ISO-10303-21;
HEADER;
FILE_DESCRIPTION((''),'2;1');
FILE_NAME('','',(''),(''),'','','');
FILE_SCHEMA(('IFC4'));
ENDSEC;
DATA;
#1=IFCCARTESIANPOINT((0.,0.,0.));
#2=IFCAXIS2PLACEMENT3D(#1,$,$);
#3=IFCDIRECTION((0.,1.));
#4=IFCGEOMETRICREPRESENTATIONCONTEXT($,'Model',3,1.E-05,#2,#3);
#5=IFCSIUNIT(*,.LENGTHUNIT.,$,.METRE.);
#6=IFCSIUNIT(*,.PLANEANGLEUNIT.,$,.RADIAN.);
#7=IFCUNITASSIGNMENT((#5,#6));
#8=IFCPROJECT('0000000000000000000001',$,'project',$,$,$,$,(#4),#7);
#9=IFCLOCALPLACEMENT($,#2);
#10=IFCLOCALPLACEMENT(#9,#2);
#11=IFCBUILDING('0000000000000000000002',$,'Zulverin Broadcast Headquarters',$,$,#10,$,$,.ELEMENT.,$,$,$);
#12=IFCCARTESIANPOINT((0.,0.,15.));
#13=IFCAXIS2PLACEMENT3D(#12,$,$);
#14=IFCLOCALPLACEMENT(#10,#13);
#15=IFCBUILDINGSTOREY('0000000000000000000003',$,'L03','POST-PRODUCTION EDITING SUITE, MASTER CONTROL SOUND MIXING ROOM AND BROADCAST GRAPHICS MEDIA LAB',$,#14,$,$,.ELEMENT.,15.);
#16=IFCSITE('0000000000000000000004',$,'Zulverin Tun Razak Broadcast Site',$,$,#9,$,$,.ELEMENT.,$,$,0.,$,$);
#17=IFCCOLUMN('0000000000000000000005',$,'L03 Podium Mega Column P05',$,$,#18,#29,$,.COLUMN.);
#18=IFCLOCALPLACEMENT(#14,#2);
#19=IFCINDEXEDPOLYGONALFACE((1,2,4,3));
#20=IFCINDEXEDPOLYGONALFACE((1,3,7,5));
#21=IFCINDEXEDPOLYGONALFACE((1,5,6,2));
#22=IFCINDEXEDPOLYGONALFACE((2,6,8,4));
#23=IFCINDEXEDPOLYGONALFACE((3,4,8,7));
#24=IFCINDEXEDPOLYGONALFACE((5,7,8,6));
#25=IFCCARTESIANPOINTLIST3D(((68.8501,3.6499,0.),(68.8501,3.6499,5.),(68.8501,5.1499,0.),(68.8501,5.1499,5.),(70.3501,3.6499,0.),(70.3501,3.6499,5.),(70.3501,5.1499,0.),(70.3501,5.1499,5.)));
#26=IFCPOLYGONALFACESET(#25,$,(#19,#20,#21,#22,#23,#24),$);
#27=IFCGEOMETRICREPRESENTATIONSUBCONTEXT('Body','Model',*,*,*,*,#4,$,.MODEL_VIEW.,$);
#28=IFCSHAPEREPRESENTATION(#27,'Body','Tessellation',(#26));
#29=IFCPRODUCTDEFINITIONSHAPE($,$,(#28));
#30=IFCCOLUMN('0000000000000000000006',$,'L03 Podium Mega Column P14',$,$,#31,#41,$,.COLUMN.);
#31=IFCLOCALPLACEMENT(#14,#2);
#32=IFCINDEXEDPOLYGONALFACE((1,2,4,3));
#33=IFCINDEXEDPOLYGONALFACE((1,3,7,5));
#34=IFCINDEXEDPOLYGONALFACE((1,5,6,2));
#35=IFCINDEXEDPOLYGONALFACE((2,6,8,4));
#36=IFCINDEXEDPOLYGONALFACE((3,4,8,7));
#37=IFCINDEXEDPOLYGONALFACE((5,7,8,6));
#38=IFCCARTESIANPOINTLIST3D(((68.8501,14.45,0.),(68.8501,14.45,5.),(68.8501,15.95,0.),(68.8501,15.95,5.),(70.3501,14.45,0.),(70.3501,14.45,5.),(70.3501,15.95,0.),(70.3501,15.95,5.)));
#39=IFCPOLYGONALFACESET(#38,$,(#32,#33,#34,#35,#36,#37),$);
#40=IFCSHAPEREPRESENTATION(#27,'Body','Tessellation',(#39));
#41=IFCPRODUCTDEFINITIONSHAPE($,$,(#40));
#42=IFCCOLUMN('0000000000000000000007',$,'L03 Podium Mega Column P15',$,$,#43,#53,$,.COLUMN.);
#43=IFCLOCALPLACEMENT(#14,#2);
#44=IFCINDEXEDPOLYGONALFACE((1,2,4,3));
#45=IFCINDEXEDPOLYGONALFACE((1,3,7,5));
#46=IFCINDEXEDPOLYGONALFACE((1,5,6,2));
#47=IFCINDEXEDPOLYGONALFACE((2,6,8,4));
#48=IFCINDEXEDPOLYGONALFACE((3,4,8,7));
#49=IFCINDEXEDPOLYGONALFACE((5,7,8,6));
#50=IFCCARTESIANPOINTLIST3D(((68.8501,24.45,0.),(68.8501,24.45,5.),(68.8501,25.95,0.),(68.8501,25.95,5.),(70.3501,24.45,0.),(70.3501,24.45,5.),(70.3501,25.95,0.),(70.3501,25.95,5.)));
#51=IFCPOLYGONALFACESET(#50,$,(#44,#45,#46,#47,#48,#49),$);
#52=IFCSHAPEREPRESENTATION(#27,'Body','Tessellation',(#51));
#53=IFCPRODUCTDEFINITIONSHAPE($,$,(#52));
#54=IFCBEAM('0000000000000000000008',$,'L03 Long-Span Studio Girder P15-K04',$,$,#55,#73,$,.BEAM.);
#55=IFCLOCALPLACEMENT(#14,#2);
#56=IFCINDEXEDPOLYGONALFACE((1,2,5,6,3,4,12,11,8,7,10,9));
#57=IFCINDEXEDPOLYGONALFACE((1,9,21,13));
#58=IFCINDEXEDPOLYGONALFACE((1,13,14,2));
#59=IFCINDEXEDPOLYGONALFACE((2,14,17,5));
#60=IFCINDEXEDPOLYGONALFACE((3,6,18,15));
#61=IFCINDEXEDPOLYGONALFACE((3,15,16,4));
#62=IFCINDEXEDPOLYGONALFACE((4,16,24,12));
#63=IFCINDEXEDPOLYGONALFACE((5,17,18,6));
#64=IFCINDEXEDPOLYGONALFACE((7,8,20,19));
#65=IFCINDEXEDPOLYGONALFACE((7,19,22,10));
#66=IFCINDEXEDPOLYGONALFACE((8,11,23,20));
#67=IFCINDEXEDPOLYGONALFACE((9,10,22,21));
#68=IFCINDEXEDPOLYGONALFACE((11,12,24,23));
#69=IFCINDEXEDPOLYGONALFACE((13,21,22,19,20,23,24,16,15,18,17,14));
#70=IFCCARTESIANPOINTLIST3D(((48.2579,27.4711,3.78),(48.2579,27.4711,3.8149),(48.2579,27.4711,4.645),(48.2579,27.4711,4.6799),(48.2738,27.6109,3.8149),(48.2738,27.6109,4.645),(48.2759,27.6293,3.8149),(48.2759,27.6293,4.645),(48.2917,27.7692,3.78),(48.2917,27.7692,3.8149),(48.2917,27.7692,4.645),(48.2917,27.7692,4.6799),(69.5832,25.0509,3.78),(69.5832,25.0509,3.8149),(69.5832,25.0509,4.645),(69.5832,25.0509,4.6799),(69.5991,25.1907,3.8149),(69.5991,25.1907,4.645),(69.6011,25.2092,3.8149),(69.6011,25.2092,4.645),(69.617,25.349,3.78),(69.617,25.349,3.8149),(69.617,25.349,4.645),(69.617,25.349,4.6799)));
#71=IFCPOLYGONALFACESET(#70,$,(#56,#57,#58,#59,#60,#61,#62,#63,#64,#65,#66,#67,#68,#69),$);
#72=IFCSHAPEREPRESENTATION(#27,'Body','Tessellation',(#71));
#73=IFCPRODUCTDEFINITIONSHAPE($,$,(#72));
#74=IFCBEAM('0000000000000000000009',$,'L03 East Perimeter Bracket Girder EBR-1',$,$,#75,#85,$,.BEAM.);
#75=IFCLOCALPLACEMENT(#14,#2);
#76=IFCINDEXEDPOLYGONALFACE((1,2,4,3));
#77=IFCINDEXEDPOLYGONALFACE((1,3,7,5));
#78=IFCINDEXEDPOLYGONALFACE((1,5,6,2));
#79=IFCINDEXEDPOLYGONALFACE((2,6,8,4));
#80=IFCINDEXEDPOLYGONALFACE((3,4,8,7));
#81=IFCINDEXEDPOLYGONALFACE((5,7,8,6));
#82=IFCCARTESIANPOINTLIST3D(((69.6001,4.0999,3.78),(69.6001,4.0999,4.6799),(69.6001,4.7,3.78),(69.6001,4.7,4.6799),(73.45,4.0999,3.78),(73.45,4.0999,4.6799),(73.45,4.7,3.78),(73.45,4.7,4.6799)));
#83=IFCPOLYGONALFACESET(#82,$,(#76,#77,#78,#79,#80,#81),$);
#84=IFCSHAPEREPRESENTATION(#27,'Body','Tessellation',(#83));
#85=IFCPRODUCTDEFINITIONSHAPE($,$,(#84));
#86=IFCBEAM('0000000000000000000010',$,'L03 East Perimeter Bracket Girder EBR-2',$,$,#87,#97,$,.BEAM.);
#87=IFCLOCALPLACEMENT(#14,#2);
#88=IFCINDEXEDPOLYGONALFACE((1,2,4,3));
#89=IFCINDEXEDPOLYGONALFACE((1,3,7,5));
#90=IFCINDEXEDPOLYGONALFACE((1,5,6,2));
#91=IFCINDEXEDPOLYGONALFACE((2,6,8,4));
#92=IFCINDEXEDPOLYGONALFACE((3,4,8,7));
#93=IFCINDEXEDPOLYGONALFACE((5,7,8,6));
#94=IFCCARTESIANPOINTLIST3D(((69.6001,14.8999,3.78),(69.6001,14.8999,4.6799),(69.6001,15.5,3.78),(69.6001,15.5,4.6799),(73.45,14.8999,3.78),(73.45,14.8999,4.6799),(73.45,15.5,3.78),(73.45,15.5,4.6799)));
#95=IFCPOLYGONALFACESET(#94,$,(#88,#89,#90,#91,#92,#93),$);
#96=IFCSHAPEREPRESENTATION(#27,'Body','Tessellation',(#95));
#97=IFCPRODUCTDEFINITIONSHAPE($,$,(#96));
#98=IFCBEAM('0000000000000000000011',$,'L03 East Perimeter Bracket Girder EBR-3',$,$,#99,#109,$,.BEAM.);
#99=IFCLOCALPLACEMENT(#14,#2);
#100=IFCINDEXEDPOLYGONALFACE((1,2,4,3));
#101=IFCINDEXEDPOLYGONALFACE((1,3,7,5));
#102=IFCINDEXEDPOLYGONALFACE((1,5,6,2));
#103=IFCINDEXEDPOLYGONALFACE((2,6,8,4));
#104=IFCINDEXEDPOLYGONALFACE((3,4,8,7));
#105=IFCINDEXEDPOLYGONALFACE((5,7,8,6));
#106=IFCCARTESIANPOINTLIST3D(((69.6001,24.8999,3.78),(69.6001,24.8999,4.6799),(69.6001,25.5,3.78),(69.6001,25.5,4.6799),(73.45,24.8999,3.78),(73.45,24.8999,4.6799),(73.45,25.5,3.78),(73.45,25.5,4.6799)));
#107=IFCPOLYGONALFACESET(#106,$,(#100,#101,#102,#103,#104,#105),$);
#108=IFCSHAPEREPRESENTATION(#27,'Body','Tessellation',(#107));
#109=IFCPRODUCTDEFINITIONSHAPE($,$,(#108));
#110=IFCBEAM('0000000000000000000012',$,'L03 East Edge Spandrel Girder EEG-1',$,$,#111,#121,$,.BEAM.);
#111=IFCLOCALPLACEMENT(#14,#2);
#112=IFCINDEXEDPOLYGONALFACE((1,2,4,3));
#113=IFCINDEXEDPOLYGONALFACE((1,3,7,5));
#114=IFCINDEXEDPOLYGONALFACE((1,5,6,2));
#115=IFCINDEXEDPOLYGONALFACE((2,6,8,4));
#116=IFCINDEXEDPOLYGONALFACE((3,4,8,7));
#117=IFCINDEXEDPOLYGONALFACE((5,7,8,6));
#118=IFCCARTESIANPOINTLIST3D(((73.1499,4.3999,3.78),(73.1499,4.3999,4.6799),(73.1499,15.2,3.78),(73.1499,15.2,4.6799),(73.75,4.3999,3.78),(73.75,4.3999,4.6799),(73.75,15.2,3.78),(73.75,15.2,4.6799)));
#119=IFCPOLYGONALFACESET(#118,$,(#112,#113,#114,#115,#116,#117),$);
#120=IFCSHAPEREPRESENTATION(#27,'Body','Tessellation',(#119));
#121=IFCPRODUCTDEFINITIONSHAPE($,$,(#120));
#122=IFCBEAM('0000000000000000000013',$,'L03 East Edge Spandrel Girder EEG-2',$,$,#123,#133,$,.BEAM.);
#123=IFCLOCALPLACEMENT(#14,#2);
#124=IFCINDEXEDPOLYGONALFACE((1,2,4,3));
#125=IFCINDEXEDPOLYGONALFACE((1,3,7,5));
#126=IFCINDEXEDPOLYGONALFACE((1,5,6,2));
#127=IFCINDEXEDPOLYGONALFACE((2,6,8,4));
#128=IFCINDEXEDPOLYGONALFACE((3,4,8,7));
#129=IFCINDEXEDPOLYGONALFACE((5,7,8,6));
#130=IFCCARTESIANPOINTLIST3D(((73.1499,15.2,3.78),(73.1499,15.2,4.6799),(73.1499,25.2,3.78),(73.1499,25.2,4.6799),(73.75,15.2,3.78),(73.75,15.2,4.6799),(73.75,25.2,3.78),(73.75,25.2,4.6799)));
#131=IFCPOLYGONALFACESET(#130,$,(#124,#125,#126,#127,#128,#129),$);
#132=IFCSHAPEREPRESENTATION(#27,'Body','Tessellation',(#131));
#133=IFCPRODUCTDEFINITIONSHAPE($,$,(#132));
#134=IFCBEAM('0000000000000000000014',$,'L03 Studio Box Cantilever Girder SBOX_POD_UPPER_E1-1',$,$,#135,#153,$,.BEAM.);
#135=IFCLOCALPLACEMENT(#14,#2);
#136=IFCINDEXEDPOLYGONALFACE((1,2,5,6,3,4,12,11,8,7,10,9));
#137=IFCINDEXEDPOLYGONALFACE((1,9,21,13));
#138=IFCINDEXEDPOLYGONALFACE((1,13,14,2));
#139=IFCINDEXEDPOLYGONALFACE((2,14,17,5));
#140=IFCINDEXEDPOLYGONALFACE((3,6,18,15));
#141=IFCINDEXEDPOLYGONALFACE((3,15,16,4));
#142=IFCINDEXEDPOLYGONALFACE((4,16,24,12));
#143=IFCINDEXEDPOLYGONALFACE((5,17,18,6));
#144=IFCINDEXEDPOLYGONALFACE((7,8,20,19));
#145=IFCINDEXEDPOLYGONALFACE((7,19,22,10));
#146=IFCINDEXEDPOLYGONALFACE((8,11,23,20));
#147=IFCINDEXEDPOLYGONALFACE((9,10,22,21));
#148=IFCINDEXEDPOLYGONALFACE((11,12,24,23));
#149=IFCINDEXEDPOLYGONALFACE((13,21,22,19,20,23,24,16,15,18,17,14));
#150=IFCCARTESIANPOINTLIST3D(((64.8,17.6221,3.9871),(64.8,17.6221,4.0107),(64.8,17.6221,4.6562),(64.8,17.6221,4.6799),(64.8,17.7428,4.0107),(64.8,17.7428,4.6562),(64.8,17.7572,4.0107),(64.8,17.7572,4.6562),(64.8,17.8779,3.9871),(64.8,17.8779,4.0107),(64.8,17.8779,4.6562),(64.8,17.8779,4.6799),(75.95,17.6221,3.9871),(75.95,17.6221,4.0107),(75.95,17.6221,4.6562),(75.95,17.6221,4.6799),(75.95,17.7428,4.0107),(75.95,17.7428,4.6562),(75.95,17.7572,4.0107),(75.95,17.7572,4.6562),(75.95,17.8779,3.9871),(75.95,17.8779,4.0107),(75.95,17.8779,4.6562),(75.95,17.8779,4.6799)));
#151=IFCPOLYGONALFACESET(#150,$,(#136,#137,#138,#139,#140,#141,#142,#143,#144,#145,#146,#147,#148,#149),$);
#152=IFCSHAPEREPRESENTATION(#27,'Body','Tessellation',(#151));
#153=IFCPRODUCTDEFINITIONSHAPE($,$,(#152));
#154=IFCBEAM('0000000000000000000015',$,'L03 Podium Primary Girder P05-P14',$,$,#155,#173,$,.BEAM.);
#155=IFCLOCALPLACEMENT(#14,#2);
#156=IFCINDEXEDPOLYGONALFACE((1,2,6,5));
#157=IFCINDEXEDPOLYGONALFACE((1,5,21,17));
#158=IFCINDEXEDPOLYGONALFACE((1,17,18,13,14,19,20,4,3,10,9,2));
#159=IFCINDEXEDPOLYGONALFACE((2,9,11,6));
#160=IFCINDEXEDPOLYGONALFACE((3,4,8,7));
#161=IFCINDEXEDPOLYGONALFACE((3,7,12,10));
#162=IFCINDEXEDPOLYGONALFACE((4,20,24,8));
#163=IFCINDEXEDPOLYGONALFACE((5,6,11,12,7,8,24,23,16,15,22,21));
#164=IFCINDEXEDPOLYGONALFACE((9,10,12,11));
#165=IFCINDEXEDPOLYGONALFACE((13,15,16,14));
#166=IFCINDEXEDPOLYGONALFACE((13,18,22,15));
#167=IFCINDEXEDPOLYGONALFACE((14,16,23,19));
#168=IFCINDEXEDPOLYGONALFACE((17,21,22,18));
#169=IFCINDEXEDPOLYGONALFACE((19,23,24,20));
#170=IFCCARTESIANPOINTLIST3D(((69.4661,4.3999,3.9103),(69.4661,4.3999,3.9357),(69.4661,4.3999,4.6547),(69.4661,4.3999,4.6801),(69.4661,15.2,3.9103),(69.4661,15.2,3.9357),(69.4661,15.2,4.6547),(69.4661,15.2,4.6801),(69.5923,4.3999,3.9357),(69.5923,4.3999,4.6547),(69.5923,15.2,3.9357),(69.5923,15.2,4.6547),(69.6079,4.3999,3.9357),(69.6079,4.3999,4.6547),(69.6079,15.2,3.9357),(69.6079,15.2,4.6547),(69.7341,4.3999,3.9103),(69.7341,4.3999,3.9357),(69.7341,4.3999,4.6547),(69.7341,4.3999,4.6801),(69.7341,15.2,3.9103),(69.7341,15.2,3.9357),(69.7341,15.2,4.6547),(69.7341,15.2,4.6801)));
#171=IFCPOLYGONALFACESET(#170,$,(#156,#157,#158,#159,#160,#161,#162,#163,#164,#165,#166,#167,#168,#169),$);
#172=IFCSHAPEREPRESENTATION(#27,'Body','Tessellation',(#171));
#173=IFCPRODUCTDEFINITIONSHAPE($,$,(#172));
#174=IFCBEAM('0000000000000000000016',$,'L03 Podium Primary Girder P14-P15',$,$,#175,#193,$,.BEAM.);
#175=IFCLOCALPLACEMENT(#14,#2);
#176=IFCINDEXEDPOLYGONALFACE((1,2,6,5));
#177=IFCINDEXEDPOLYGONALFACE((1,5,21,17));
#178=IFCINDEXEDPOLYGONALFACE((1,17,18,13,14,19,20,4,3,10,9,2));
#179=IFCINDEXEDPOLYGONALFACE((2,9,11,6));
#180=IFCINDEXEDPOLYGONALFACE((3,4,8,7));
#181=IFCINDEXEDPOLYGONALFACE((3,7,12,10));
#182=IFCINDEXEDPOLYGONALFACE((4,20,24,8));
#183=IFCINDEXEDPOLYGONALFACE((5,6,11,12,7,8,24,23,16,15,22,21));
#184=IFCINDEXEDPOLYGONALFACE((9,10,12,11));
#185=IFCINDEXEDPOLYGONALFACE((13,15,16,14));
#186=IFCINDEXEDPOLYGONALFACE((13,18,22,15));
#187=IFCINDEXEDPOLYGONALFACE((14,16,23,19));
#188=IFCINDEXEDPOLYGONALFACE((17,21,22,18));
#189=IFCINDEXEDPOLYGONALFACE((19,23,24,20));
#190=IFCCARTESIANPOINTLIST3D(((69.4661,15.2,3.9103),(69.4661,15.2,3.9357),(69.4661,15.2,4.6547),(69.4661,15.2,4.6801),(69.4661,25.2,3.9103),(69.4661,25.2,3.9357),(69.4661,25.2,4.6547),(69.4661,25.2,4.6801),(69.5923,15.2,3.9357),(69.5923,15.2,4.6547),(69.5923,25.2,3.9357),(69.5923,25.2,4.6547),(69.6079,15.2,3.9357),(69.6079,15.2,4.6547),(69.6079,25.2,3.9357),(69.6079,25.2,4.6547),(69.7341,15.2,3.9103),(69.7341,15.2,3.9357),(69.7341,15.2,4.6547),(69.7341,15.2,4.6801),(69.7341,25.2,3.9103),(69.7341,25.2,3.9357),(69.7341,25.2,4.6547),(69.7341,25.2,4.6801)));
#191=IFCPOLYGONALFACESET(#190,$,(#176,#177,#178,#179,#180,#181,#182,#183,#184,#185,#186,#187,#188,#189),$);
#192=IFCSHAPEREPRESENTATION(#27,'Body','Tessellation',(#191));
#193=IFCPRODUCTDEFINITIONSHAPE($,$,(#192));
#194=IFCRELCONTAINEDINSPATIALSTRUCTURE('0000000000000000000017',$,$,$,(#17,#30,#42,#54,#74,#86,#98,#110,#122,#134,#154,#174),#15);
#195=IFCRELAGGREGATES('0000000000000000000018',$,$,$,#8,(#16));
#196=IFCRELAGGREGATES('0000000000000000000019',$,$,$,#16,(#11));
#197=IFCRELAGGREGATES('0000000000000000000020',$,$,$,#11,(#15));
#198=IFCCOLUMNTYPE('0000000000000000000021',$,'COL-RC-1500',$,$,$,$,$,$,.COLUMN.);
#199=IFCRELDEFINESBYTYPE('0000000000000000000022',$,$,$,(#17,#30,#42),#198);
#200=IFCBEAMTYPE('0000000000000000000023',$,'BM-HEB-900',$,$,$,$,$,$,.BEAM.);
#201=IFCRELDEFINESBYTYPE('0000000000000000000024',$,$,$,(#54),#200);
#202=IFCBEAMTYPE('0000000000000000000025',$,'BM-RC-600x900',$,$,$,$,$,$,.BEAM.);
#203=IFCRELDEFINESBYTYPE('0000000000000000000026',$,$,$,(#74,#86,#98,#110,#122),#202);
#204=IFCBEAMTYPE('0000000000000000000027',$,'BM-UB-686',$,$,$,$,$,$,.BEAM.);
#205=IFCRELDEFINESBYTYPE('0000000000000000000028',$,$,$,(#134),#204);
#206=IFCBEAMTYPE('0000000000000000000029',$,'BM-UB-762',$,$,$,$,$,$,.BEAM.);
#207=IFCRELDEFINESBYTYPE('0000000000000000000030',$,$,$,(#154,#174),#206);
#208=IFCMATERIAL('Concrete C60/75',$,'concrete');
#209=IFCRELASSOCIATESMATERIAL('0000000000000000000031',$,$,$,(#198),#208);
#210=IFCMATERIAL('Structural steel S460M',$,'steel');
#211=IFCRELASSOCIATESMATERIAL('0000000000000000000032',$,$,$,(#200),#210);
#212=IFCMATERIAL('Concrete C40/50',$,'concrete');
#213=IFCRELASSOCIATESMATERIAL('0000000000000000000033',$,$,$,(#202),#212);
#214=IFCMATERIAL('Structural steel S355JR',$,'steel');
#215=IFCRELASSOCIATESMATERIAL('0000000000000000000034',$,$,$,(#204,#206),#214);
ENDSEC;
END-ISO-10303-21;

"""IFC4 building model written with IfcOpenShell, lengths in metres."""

from ifc_helpers import new_model, si_unit, direction, frame, origin, origin_2d, place, context, subcontext, project, spatial, rectangle, i_section, extrude, material, material_profile, profile_set, type_object, element, save


model = new_model("IFC4")

# Units and contexts
model_context = context("Model", 3, precision=1e-05, world=origin(), true_north=direction((0.0, 1.0)))
body_context = subcontext(model_context, "Body", "Model", "MODEL_VIEW")
ifc_project = project(units=[si_unit("LENGTHUNIT", "METRE"), si_unit("PLANEANGLEUNIT", "RADIAN")], contexts=[model_context])

# Site, building, storey
site_placement = place(None, origin())
site = spatial("IfcSite", under=ifc_project, at=site_placement, Name="Zulverin Tun Razak Broadcast Site", CompositionType="ELEMENT", RefElevation=0.0)
building_placement = place(site_placement, origin())
building = spatial("IfcBuilding", under=site, at=building_placement, Name="Zulverin Broadcast Headquarters", CompositionType="ELEMENT")
storey_placement = place(building_placement, frame((0.0, 0.0, 15.0)))
storey = spatial("IfcBuildingStorey", under=building, at=storey_placement, Name="L03", Description="POST-PRODUCTION EDITING SUITE, MASTER CONTROL SOUND MIXING ROOM AND BROADCAST GRAPHICS MEDIA LAB", CompositionType="ELEMENT", Elevation=15.0)

# Columns
ifc_material_1 = material(Name="Concrete C60/75", Category="concrete")
ifc_material_profile_1 = material_profile(ifc_material_1, rectangle(XDim=1.5, YDim=1.5, at=origin_2d()), Name="Concrete C60/75", Category="concrete")
ifc_profile_set_1 = profile_set([ifc_material_profile_1], Name="Concrete C60/75")
column_type = type_object("IfcColumnType", Name="COL-RC-1500", PredefinedType="COLUMN", material=ifc_profile_set_1)
for number, where, z_axis, x_axis, name in (
    (1, (69.6001, 4.3999, 0.0), (0.0, 0.0, 1.0), (1.0, 0.0, 0.0), "L03 Podium Mega Column P05"),
    (2, (69.6001, 15.2, 0.0), (0.0, 0.0, 1.0), (1.0, 0.0, 0.0), "L03 Podium Mega Column P14"),
    (3, (69.6001, 25.2, 0.0), (0.0, 0.0, 1.0), (1.0, 0.0, 0.0), "L03 Podium Mega Column P15"),
):
    element("IfcColumn", number, at=place(storey_placement, frame(where, z_axis=z_axis, x_axis=x_axis)), inside=storey, type_object=column_type, Name=name, PredefinedType="COLUMN", context=body_context, shape_type="SweptSolid", body=[
        extrude(rectangle(XDim=1.5, YDim=1.5, at=origin_2d()), origin(), (0.0, 0.0, 1.0), 5.0),
    ])

# Beams
ifc_material_2 = material(Name="Structural steel S460M", Category="steel")
ifc_material_profile_2 = material_profile(ifc_material_2, i_section(OverallWidth=0.3, OverallDepth=0.8999, WebThickness=0.0186, FlangeThickness=0.0349, at=origin_2d()), Name="Structural steel S460M", Category="steel")
ifc_profile_set_2 = profile_set([ifc_material_profile_2], Name="Structural steel S460M")
beam_type_1 = type_object("IfcBeamType", Name="BM-HEB-900", PredefinedType="BEAM", material=ifc_profile_set_2)
beam_1_placement = place(storey_placement, frame((69.6001, 25.2, 4.23), z_axis=(-0.993622, 0.112765, 0.0), x_axis=(-0.112765, -0.993622, 0.0)))
element("IfcBeam", 4, at=beam_1_placement, inside=storey, type_object=beam_type_1, Name="L03 Long-Span Studio Girder P15-K04", PredefinedType="BEAM", context=body_context, shape_type="SweptSolid", body=[
    extrude(i_section(OverallWidth=0.3, OverallDepth=0.8999, WebThickness=0.0186, FlangeThickness=0.0349, at=origin_2d()), origin(), (0.0, 0.0, 1.0), 21.4622),
])
ifc_material_3 = material(Name="Concrete C40/50", Category="concrete")
ifc_material_profile_3 = material_profile(ifc_material_3, rectangle(XDim=0.6001, YDim=0.8999, at=origin_2d()), Name="Concrete C40/50", Category="concrete")
ifc_profile_set_3 = profile_set([ifc_material_profile_3], Name="Concrete C40/50")
beam_type_2 = type_object("IfcBeamType", Name="BM-RC-600x900", PredefinedType="BEAM", material=ifc_profile_set_3)
for number, where, z_axis, x_axis, name in (
    (5, (69.6001, 4.3999, 4.23), (1.0, 0.0, 0.0), (0.0, 1.0, 0.0), "L03 East Perimeter Bracket Girder EBR-1"),
    (6, (69.6001, 15.2, 4.23), (1.0, 0.0, 0.0), (0.0, 1.0, 0.0), "L03 East Perimeter Bracket Girder EBR-2"),
    (7, (69.6001, 25.2, 4.23), (1.0, 0.0, 0.0), (0.0, 1.0, 0.0), "L03 East Perimeter Bracket Girder EBR-3"),
):
    element("IfcBeam", number, at=place(storey_placement, frame(where, z_axis=z_axis, x_axis=x_axis)), inside=storey, type_object=beam_type_2, Name=name, PredefinedType="BEAM", context=body_context, shape_type="SweptSolid", body=[
        extrude(rectangle(XDim=0.6001, YDim=0.8999, at=origin_2d()), origin(), (0.0, 0.0, 1.0), 3.8499),
    ])
beam_2_placement = place(storey_placement, frame((73.45, 4.3999, 4.23), z_axis=(0.0, 1.0, 0.0), x_axis=(-1.0, 0.0, 0.0)))
element("IfcBeam", 8, at=beam_2_placement, inside=storey, type_object=beam_type_2, Name="L03 East Edge Spandrel Girder EEG-1", PredefinedType="BEAM", context=body_context, shape_type="SweptSolid", body=[
    extrude(rectangle(XDim=0.6001, YDim=0.8999, at=origin_2d()), origin(), (0.0, 0.0, 1.0), 10.8),
])
beam_3_placement = place(storey_placement, frame((73.45, 15.2, 4.23), z_axis=(0.0, 1.0, 0.0), x_axis=(-1.0, 0.0, 0.0)))
element("IfcBeam", 9, at=beam_3_placement, inside=storey, type_object=beam_type_2, Name="L03 East Edge Spandrel Girder EEG-2", PredefinedType="BEAM", context=body_context, shape_type="SweptSolid", body=[
    extrude(rectangle(XDim=0.6001, YDim=0.8999, at=origin_2d()), origin(), (0.0, 0.0, 1.0), 10.0),
])
ifc_material_4 = material(Name="Structural steel S355JR", Category="steel")
ifc_material_profile_4 = material_profile(ifc_material_4, i_section(OverallWidth=0.2559, OverallDepth=0.6929, WebThickness=0.0144, FlangeThickness=0.0237, at=origin_2d()), Name="Structural steel S355JR", Category="steel")
ifc_profile_set_4 = profile_set([ifc_material_profile_4], Name="Structural steel S355JR")
beam_type_3 = type_object("IfcBeamType", Name="BM-UB-686", PredefinedType="BEAM", material=ifc_profile_set_4)
beam_4_placement = place(storey_placement, frame((64.8, 17.75, 4.3335), z_axis=(1.0, 0.0, 0.0), x_axis=(0.0, 1.0, 0.0)))
element("IfcBeam", 10, at=beam_4_placement, inside=storey, type_object=beam_type_3, Name="L03 Studio Box Cantilever Girder SBOX_POD_UPPER_E1-1", PredefinedType="BEAM", context=body_context, shape_type="SweptSolid", body=[
    extrude(i_section(OverallWidth=0.2559, OverallDepth=0.6929, WebThickness=0.0144, FlangeThickness=0.0237, at=origin_2d()), origin(), (0.0, 0.0, 1.0), 11.1499),
])
ifc_material_profile_5 = material_profile(ifc_material_4, i_section(OverallWidth=0.2681, OverallDepth=0.7698, WebThickness=0.0156, FlangeThickness=0.0254, at=origin_2d()), Name="Structural steel S355JR", Category="steel")
ifc_profile_set_5 = profile_set([ifc_material_profile_5], Name="Structural steel S355JR")
beam_type_4 = type_object("IfcBeamType", Name="BM-UB-762", PredefinedType="BEAM", material=ifc_profile_set_5)
beam_5_placement = place(storey_placement, frame((69.6001, 4.3999, 4.2952), z_axis=(0.0, 1.0, 0.0), x_axis=(-1.0, 0.0, 0.0)))
element("IfcBeam", 11, at=beam_5_placement, inside=storey, type_object=beam_type_4, Name="L03 Podium Primary Girder P05-P14", PredefinedType="BEAM", context=body_context, shape_type="SweptSolid", body=[
    extrude(i_section(OverallWidth=0.2681, OverallDepth=0.7698, WebThickness=0.0156, FlangeThickness=0.0254, at=origin_2d()), origin(), (0.0, 0.0, 1.0), 10.8),
])
beam_6_placement = place(storey_placement, frame((69.6001, 15.2, 4.2952), z_axis=(0.0, 1.0, 0.0), x_axis=(-1.0, 0.0, 0.0)))
element("IfcBeam", 12, at=beam_6_placement, inside=storey, type_object=beam_type_4, Name="L03 Podium Primary Girder P14-P15", PredefinedType="BEAM", context=body_context, shape_type="SweptSolid", body=[
    extrude(i_section(OverallWidth=0.2681, OverallDepth=0.7698, WebThickness=0.0156, FlangeThickness=0.0254, at=origin_2d()), origin(), (0.0, 0.0, 1.0), 10.0),
])

save(model, "model.ifc")
